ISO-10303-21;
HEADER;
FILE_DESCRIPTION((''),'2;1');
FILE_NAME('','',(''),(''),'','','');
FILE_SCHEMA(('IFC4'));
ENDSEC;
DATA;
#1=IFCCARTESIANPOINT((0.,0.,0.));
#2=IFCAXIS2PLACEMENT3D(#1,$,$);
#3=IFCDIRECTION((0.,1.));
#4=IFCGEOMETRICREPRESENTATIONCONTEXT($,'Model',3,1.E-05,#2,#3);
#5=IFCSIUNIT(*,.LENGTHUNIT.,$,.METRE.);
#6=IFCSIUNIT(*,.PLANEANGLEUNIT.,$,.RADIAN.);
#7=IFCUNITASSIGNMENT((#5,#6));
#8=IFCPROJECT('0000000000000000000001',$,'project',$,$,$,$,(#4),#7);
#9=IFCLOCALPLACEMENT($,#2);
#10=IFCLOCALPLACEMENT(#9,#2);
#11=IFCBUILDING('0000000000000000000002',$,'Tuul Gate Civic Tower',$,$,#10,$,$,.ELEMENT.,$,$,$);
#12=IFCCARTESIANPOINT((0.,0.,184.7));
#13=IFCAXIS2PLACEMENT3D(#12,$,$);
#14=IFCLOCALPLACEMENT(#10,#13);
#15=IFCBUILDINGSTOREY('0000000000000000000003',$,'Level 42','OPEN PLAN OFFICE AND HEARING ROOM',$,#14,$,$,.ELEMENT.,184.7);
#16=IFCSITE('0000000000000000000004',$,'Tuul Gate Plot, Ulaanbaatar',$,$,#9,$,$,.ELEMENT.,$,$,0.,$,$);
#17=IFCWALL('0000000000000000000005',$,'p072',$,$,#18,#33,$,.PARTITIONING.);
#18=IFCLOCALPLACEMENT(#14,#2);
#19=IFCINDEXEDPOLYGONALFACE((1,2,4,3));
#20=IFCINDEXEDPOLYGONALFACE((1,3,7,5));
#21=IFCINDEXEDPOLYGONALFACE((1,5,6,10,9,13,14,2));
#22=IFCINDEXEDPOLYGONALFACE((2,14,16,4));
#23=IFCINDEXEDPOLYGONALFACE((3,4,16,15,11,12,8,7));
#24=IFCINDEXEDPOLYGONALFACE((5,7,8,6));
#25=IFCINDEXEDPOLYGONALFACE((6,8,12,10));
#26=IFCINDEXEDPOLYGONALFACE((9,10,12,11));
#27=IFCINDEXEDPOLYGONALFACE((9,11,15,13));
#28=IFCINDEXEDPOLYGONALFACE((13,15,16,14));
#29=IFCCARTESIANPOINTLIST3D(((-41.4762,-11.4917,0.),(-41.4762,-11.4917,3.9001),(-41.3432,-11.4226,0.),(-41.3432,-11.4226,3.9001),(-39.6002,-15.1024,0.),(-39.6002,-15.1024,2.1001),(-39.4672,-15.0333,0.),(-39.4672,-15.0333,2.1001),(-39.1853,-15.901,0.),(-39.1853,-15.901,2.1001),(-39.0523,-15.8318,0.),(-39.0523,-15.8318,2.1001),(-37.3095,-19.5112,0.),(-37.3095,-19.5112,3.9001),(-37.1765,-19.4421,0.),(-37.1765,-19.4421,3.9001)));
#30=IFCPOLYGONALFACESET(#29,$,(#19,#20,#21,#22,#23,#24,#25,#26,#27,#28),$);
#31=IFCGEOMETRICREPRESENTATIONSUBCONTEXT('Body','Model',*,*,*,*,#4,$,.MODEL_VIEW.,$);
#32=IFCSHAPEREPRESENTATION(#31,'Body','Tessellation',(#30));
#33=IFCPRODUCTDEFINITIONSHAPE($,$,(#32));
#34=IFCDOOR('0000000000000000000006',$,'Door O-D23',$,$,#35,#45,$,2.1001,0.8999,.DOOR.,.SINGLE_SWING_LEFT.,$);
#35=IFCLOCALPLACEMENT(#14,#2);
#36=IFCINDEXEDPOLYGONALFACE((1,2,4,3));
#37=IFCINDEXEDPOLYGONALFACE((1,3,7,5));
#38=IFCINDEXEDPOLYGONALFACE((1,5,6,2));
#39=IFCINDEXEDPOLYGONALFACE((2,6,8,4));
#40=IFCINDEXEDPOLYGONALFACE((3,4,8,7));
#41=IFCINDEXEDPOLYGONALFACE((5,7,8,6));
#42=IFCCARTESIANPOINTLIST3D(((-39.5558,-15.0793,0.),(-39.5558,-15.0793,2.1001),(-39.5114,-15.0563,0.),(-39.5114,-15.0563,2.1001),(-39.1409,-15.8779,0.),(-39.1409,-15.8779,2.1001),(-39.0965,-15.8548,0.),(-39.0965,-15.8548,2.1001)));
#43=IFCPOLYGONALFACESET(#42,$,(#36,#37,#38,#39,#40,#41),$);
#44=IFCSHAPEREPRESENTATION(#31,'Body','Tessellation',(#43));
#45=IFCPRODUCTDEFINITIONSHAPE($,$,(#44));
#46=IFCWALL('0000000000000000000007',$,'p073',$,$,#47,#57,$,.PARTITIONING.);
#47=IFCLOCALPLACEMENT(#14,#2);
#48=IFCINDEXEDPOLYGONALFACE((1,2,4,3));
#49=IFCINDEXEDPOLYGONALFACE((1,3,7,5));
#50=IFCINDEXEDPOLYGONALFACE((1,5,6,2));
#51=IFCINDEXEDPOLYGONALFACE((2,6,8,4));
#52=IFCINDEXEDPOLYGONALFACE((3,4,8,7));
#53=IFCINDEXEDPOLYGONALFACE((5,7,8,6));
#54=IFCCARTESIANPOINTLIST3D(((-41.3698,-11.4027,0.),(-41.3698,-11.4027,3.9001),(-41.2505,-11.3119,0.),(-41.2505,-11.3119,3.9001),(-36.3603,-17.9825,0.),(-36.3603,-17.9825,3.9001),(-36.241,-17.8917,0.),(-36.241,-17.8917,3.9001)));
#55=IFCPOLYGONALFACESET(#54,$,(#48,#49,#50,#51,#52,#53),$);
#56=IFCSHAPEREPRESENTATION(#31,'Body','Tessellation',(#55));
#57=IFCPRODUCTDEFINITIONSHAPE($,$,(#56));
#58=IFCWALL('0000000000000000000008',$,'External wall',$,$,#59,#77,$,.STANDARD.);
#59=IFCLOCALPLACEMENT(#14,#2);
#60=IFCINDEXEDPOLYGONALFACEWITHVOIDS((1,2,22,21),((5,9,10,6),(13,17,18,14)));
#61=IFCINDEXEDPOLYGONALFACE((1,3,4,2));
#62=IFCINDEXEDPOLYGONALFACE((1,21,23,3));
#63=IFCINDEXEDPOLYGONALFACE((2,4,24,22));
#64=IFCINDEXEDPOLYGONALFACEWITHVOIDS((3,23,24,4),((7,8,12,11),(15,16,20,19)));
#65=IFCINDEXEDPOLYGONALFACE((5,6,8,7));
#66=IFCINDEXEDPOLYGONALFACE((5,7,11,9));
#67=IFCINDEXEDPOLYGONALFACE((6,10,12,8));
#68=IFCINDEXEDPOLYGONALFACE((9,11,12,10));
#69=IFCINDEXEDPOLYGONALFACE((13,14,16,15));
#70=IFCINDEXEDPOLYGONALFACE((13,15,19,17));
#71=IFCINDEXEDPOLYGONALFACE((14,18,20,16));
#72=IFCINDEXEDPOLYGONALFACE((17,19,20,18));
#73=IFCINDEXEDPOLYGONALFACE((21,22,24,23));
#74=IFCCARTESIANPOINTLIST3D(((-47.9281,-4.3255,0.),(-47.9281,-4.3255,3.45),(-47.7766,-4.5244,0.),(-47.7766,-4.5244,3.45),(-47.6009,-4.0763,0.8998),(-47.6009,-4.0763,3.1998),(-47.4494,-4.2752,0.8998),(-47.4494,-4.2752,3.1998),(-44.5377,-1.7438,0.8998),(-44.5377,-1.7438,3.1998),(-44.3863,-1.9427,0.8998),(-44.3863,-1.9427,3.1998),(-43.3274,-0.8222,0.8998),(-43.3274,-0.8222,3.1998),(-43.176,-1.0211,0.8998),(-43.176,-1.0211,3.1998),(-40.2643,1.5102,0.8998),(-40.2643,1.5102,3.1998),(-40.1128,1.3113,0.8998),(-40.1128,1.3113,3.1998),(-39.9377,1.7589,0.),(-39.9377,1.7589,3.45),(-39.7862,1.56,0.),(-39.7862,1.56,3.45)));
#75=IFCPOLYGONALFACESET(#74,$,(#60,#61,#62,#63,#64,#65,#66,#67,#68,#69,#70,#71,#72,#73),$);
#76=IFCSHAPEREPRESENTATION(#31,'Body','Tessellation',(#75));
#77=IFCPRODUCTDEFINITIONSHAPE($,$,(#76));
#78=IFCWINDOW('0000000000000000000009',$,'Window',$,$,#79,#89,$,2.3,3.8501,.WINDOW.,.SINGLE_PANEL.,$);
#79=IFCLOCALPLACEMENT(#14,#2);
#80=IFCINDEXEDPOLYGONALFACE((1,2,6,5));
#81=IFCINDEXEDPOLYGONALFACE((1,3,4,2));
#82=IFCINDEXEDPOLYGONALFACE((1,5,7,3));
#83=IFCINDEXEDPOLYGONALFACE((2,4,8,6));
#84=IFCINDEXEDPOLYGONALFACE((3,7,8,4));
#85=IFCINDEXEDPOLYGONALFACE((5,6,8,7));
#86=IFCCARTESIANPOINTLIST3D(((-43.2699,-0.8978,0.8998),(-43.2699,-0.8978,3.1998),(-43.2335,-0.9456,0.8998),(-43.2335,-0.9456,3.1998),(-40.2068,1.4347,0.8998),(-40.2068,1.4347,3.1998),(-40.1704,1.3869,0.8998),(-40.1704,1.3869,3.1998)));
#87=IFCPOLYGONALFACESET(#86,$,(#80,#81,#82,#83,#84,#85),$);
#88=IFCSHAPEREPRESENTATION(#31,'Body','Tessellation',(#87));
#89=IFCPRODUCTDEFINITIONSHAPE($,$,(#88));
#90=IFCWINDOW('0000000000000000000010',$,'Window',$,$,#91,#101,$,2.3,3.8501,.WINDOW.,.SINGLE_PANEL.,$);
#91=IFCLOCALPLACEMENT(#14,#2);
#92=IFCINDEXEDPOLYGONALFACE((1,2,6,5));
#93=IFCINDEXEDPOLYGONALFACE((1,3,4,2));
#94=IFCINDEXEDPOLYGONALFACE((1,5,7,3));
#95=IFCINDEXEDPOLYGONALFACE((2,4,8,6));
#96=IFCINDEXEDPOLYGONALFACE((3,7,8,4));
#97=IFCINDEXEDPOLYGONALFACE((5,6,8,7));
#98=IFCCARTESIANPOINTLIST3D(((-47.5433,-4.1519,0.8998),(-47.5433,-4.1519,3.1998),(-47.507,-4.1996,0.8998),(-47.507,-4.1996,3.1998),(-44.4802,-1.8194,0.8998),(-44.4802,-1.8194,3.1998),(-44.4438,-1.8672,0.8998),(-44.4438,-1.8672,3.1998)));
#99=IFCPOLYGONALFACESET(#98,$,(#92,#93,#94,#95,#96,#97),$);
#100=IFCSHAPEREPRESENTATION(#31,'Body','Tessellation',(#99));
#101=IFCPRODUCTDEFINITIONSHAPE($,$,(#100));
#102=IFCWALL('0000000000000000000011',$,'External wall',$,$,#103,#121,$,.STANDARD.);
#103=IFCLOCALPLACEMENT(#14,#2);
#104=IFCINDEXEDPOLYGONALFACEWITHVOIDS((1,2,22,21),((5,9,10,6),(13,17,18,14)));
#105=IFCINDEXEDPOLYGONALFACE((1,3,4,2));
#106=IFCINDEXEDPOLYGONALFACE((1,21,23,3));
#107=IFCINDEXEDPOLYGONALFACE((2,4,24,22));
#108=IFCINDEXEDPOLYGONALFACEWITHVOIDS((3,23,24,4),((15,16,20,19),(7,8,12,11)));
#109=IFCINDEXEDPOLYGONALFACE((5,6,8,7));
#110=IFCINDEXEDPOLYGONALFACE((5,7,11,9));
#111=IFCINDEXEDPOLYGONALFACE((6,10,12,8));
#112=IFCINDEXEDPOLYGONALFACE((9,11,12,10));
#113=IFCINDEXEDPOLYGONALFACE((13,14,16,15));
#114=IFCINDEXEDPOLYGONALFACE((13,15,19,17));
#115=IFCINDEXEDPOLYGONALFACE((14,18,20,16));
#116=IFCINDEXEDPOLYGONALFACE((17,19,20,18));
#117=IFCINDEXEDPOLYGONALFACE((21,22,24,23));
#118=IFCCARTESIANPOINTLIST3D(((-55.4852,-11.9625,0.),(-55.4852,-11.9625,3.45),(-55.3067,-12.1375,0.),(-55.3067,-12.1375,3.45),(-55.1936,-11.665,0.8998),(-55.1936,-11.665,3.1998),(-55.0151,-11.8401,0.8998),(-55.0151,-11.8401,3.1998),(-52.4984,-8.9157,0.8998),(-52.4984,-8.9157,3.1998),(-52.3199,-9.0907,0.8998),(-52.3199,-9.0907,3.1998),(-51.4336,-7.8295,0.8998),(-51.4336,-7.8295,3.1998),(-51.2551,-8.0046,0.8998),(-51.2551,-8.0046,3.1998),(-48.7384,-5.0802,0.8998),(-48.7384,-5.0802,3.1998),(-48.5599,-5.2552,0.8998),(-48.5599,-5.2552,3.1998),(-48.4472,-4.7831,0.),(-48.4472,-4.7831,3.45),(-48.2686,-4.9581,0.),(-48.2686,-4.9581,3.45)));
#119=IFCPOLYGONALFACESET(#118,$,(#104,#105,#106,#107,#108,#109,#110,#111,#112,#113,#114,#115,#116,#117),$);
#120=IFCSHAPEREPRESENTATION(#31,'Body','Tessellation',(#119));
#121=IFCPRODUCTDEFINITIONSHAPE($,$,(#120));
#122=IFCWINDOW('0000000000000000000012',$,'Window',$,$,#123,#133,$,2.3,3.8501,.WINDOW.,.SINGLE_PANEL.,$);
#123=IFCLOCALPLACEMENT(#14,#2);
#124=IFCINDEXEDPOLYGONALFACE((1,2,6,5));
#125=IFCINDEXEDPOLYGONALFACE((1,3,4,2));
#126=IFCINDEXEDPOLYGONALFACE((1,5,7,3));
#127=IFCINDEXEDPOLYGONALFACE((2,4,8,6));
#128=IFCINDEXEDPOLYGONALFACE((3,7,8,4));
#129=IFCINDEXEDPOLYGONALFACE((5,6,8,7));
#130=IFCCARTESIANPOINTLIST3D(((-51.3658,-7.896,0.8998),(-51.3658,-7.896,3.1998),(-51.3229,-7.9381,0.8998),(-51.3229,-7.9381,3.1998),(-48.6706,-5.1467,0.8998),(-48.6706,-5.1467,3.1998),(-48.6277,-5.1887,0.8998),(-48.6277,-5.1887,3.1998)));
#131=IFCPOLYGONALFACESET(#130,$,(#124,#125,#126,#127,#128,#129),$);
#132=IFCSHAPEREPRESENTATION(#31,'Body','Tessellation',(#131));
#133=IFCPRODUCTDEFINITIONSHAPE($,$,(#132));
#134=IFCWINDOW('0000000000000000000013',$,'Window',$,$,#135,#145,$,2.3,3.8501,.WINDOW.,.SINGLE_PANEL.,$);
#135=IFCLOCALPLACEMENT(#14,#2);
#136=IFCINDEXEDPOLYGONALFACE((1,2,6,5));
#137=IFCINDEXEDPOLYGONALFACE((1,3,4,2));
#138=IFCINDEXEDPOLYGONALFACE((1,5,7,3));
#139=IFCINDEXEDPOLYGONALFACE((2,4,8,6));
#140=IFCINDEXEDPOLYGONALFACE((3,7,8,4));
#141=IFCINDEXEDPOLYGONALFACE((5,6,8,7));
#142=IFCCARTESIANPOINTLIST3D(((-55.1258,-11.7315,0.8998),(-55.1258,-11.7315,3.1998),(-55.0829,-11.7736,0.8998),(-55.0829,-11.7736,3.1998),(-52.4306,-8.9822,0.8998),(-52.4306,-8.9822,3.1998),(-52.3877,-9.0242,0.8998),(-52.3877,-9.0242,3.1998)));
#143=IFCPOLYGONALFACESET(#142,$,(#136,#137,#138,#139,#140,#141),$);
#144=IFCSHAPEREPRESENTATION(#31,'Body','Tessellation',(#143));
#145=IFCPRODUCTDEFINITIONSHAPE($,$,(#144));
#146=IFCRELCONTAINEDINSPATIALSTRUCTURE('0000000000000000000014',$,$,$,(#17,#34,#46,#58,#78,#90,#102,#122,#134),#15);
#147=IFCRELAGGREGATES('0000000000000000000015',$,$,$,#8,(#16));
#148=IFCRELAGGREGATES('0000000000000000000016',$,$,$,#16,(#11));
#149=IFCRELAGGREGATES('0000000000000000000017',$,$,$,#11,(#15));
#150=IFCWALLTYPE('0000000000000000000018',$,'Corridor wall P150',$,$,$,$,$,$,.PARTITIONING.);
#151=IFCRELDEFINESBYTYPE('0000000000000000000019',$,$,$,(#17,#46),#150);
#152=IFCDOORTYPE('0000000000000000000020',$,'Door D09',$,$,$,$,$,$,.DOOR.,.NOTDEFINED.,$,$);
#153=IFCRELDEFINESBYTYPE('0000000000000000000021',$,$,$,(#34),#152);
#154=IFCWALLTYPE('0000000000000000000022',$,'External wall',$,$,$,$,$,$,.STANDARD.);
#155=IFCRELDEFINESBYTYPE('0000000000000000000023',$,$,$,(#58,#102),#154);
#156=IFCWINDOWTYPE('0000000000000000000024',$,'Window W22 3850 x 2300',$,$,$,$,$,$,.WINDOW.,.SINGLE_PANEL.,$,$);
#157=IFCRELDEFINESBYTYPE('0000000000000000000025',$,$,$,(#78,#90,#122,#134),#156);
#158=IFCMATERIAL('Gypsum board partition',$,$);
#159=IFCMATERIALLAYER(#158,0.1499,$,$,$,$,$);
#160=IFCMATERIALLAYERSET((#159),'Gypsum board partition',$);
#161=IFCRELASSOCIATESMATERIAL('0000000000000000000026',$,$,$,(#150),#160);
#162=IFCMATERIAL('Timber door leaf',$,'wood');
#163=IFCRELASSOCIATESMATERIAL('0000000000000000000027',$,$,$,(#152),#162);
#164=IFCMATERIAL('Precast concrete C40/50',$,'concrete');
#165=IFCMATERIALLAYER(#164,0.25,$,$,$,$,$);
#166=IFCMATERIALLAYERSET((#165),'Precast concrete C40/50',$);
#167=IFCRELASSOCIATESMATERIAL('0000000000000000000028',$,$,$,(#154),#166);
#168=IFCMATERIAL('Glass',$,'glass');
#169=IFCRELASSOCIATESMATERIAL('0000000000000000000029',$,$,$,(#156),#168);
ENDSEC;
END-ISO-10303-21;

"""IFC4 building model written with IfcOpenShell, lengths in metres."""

from ifc_helpers import new_model, si_unit, direction, frame, frame_2d, origin, place, context, subcontext, project, spatial, rectangle, extrude, material, layer, layer_set, type_object, element, fill, save


model = new_model("IFC4")

# Units and contexts
model_context = context("Model", 3, precision=1e-05, world=origin(), true_north=direction((0.0, 1.0)))
body_context = subcontext(model_context, "Body", "Model", "MODEL_VIEW")
ifc_project = project(units=[si_unit("LENGTHUNIT", "METRE"), si_unit("PLANEANGLEUNIT", "RADIAN")], contexts=[model_context])

# Site, building, storey
site_placement = place(None, origin())
site = spatial("IfcSite", under=ifc_project, at=site_placement, Name="Tuul Gate Plot, Ulaanbaatar", CompositionType="ELEMENT", RefElevation=0.0)
building_placement = place(site_placement, origin())
building = spatial("IfcBuilding", under=site, at=building_placement, Name="Tuul Gate Civic Tower", CompositionType="ELEMENT")
storey_placement = place(building_placement, frame((0.0, 0.0, 184.7)))
storey = spatial("IfcBuildingStorey", under=building, at=storey_placement, Name="Level 42", Description="OPEN PLAN OFFICE AND HEARING ROOM", CompositionType="ELEMENT", Elevation=184.7)

# Wall, opening, door
ifc_material_1 = material(Name="Gypsum board partition")
ifc_layer_1 = layer(ifc_material_1, 0.1499)
ifc_layer_set_1 = layer_set([ifc_layer_1], Name="Gypsum board partition")
wall_type_1 = type_object("IfcWallType", Name="Corridor wall P150", PredefinedType="PARTITIONING", material=ifc_layer_set_1)
wall_1_placement = place(storey_placement, frame((-41.4097, -11.4573, 0.0), z_axis=(0.0, 0.0, 1.0), x_axis=(0.461056, -0.887371, 0.0)))
wall_1 = element("IfcWall", 1, at=wall_1_placement, inside=storey, type_object=wall_type_1, Name="p072", PredefinedType="PARTITIONING", context=body_context, shape_type="SweptSolid", body=[
    extrude(rectangle(XDim=9.0374, YDim=0.1499, at=frame_2d((4.5186, 0.0))), origin(), (0.0, 0.0, 1.0), 3.9001),
])
opening_1_placement = place(wall_1_placement, frame((4.0688, 0.0, 0.0)))
opening_1 = element("IfcOpeningElement", 2, at=opening_1_placement, cuts=wall_1, PredefinedType="OPENING", context=body_context, shape_type="SweptSolid", body=[
    extrude(rectangle(XDim=0.8999, YDim=2.1001, at=frame_2d((0.45, 1.05))), frame((0.0, 0.085, 0.0), z_axis=(0.0, -1.0, 0.0), x_axis=(1.0, 0.0, 0.0)), (0.0, 0.0, 1.0), 0.1699),
])
ifc_material_2 = material(Name="Timber door leaf", Category="wood")
door_type_1 = type_object("IfcDoorType", Name="Door D09", OperationType="NOTDEFINED", PredefinedType="DOOR", material=ifc_material_2)
door_1_placement = place(opening_1_placement, frame((0.8999, 0.0, 0.0), z_axis=(0.0, 0.0, 1.0), x_axis=(-1.0, 0.0, 0.0)))
door_1 = element("IfcDoor", 3, at=door_1_placement, inside=storey, type_object=door_type_1, Name="Door O-D23", OperationType="SINGLE_SWING_LEFT", OverallHeight=2.1001, OverallWidth=0.8999, PredefinedType="DOOR", context=body_context, shape_type="SweptSolid", body=[
    extrude(rectangle(XDim=0.8999, YDim=2.1001, at=frame_2d((0.45, 1.05))), frame((0.0, 0.0249, 0.0), z_axis=(0.0, -1.0, 0.0), x_axis=(1.0, 0.0, 0.0)), (0.0, 0.0, 1.0), 0.05),
])
fill(opening_1, door_1)

# Wall
wall_2_placement = place(storey_placement, frame((-41.3101, -11.3574, 0.0), z_axis=(0.0, 0.0, 1.0), x_axis=(0.605761, -0.795646, 0.0)))
element("IfcWall", 4, at=wall_2_placement, inside=storey, type_object=wall_type_1, Name="p073", PredefinedType="PARTITIONING", context=body_context, shape_type="SweptSolid", body=[
    extrude(rectangle(XDim=8.2698, YDim=0.1499, at=frame_2d((4.1348, 0.0))), origin(), (0.0, 0.0, 1.0), 3.9001),
])

# Walls, openings, windows
ifc_material_3 = material(Name="Precast concrete C40/50", Category="concrete")
ifc_layer_2 = layer(ifc_material_3, 0.25)
ifc_layer_set_2 = layer_set([ifc_layer_2], Name="Precast concrete C40/50")
wall_type_2 = type_object("IfcWallType", Name="External wall", PredefinedType="STANDARD", material=ifc_layer_set_2)
wall_3_placement = place(storey_placement, frame((-39.8621, 1.6594, 0.0), z_axis=(0.0, 0.0, 1.0), x_axis=(-0.7956, -0.605822, 0.0)))
wall_3 = element("IfcWall", 5, at=wall_3_placement, inside=storey, type_object=wall_type_2, Name="External wall", PredefinedType="STANDARD", context=body_context, shape_type="SweptSolid", body=[
    extrude(rectangle(XDim=10.0432, YDim=0.25, at=frame_2d((5.0215, 0.0))), origin(), (0.0, 0.0, 1.0), 3.45),
])
opening_2_placement = place(wall_3_placement, frame((0.4104, 0.0, 0.8999)))
opening_2 = element("IfcOpeningElement", 6, at=opening_2_placement, cuts=wall_3, PredefinedType="OPENING", context=body_context, shape_type="SweptSolid", body=[
    extrude(rectangle(XDim=3.8501, YDim=2.3, at=frame_2d((1.925, 1.1499))), frame((0.0, 0.135, 0.0), z_axis=(0.0, -1.0, 0.0), x_axis=(1.0, 0.0, 0.0)), (0.0, 0.0, 1.0), 0.27),
])
opening_3_placement = place(wall_3_placement, frame((5.7817, 0.0, 0.8999)))
opening_3 = element("IfcOpeningElement", 7, at=opening_3_placement, cuts=wall_3, PredefinedType="OPENING", context=body_context, shape_type="SweptSolid", body=[
    extrude(rectangle(XDim=3.8501, YDim=2.3, at=frame_2d((1.925, 1.1499))), frame((0.0, 0.135, 0.0), z_axis=(0.0, -1.0, 0.0), x_axis=(1.0, 0.0, 0.0)), (0.0, 0.0, 1.0), 0.27),
])
ifc_material_4 = material(Name="Glass", Category="glass")
window_type_1 = type_object("IfcWindowType", Name="Window W22 3850 x 2300", PartitioningType="SINGLE_PANEL", PredefinedType="WINDOW", material=ifc_material_4)
window_1_placement = place(opening_2_placement, origin())
window_1 = element("IfcWindow", 8, at=window_1_placement, inside=storey, type_object=window_type_1, Name="Window", OverallHeight=2.3, OverallWidth=3.8501, PartitioningType="SINGLE_PANEL", PredefinedType="WINDOW", context=body_context, shape_type="SweptSolid", body=[
    extrude(rectangle(XDim=3.8501, YDim=2.3, at=frame_2d((1.925, 1.1499))), frame((0.0, 0.03, 0.0), z_axis=(0.0, -1.0, 0.0), x_axis=(1.0, 0.0, 0.0)), (0.0, 0.0, 1.0), 0.0601),
])
fill(opening_2, window_1)
window_2_placement = place(opening_3_placement, origin())
window_2 = element("IfcWindow", 9, at=window_2_placement, inside=storey, type_object=window_type_1, Name="Window", OverallHeight=2.3, OverallWidth=3.8501, PartitioningType="SINGLE_PANEL", PredefinedType="WINDOW", context=body_context, shape_type="SweptSolid", body=[
    extrude(rectangle(XDim=3.8501, YDim=2.3, at=frame_2d((1.925, 1.1499))), frame((0.0, 0.03, 0.0), z_axis=(0.0, -1.0, 0.0), x_axis=(1.0, 0.0, 0.0)), (0.0, 0.0, 1.0), 0.0601),
])
fill(opening_3, window_2)
wall_4_placement = place(storey_placement, frame((-48.3579, -4.8706, 0.0), z_axis=(0.0, 0.0, 1.0), x_axis=(-0.700042, -0.714102, 0.0)))
wall_4 = element("IfcWall", 10, at=wall_4_placement, inside=storey, type_object=wall_type_2, Name="External wall", PredefinedType="STANDARD", context=body_context, shape_type="SweptSolid", body=[
    extrude(rectangle(XDim=10.0537, YDim=0.25, at=frame_2d((5.0269, 0.0))), origin(), (0.0, 0.0, 1.0), 3.45),
])
opening_4_placement = place(wall_4_placement, frame((0.416, 0.0, 0.8999)))
opening_4 = element("IfcOpeningElement", 11, at=opening_4_placement, cuts=wall_4, PredefinedType="OPENING", context=body_context, shape_type="SweptSolid", body=[
    extrude(rectangle(XDim=3.8501, YDim=2.3, at=frame_2d((1.925, 1.1499))), frame((0.0, 0.135, 0.0), z_axis=(0.0, -1.0, 0.0), x_axis=(1.0, 0.0, 0.0)), (0.0, 0.0, 1.0), 0.27),
])
opening_5_placement = place(wall_4_placement, frame((5.7871, 0.0, 0.8999)))
opening_5 = element("IfcOpeningElement", 12, at=opening_5_placement, cuts=wall_4, PredefinedType="OPENING", context=body_context, shape_type="SweptSolid", body=[
    extrude(rectangle(XDim=3.8501, YDim=2.3, at=frame_2d((1.925, 1.1499))), frame((0.0, 0.135, 0.0), z_axis=(0.0, -1.0, 0.0), x_axis=(1.0, 0.0, 0.0)), (0.0, 0.0, 1.0), 0.27),
])
window_3_placement = place(opening_4_placement, origin())
window_3 = element("IfcWindow", 13, at=window_3_placement, inside=storey, type_object=window_type_1, Name="Window", OverallHeight=2.3, OverallWidth=3.8501, PartitioningType="SINGLE_PANEL", PredefinedType="WINDOW", context=body_context, shape_type="SweptSolid", body=[
    extrude(rectangle(XDim=3.8501, YDim=2.3, at=frame_2d((1.925, 1.1499))), frame((0.0, 0.03, 0.0), z_axis=(0.0, -1.0, 0.0), x_axis=(1.0, 0.0, 0.0)), (0.0, 0.0, 1.0), 0.0601),
])
fill(opening_4, window_3)
window_4_placement = place(opening_5_placement, origin())
window_4 = element("IfcWindow", 14, at=window_4_placement, inside=storey, type_object=window_type_1, Name="Window", OverallHeight=2.3, OverallWidth=3.8501, PartitioningType="SINGLE_PANEL", PredefinedType="WINDOW", context=body_context, shape_type="SweptSolid", body=[
    extrude(rectangle(XDim=3.8501, YDim=2.3, at=frame_2d((1.925, 1.1499))), frame((0.0, 0.03, 0.0), z_axis=(0.0, -1.0, 0.0), x_axis=(1.0, 0.0, 0.0)), (0.0, 0.0, 1.0), 0.0601),
])
fill(opening_5, window_4)

save(model, "model.ifc")
